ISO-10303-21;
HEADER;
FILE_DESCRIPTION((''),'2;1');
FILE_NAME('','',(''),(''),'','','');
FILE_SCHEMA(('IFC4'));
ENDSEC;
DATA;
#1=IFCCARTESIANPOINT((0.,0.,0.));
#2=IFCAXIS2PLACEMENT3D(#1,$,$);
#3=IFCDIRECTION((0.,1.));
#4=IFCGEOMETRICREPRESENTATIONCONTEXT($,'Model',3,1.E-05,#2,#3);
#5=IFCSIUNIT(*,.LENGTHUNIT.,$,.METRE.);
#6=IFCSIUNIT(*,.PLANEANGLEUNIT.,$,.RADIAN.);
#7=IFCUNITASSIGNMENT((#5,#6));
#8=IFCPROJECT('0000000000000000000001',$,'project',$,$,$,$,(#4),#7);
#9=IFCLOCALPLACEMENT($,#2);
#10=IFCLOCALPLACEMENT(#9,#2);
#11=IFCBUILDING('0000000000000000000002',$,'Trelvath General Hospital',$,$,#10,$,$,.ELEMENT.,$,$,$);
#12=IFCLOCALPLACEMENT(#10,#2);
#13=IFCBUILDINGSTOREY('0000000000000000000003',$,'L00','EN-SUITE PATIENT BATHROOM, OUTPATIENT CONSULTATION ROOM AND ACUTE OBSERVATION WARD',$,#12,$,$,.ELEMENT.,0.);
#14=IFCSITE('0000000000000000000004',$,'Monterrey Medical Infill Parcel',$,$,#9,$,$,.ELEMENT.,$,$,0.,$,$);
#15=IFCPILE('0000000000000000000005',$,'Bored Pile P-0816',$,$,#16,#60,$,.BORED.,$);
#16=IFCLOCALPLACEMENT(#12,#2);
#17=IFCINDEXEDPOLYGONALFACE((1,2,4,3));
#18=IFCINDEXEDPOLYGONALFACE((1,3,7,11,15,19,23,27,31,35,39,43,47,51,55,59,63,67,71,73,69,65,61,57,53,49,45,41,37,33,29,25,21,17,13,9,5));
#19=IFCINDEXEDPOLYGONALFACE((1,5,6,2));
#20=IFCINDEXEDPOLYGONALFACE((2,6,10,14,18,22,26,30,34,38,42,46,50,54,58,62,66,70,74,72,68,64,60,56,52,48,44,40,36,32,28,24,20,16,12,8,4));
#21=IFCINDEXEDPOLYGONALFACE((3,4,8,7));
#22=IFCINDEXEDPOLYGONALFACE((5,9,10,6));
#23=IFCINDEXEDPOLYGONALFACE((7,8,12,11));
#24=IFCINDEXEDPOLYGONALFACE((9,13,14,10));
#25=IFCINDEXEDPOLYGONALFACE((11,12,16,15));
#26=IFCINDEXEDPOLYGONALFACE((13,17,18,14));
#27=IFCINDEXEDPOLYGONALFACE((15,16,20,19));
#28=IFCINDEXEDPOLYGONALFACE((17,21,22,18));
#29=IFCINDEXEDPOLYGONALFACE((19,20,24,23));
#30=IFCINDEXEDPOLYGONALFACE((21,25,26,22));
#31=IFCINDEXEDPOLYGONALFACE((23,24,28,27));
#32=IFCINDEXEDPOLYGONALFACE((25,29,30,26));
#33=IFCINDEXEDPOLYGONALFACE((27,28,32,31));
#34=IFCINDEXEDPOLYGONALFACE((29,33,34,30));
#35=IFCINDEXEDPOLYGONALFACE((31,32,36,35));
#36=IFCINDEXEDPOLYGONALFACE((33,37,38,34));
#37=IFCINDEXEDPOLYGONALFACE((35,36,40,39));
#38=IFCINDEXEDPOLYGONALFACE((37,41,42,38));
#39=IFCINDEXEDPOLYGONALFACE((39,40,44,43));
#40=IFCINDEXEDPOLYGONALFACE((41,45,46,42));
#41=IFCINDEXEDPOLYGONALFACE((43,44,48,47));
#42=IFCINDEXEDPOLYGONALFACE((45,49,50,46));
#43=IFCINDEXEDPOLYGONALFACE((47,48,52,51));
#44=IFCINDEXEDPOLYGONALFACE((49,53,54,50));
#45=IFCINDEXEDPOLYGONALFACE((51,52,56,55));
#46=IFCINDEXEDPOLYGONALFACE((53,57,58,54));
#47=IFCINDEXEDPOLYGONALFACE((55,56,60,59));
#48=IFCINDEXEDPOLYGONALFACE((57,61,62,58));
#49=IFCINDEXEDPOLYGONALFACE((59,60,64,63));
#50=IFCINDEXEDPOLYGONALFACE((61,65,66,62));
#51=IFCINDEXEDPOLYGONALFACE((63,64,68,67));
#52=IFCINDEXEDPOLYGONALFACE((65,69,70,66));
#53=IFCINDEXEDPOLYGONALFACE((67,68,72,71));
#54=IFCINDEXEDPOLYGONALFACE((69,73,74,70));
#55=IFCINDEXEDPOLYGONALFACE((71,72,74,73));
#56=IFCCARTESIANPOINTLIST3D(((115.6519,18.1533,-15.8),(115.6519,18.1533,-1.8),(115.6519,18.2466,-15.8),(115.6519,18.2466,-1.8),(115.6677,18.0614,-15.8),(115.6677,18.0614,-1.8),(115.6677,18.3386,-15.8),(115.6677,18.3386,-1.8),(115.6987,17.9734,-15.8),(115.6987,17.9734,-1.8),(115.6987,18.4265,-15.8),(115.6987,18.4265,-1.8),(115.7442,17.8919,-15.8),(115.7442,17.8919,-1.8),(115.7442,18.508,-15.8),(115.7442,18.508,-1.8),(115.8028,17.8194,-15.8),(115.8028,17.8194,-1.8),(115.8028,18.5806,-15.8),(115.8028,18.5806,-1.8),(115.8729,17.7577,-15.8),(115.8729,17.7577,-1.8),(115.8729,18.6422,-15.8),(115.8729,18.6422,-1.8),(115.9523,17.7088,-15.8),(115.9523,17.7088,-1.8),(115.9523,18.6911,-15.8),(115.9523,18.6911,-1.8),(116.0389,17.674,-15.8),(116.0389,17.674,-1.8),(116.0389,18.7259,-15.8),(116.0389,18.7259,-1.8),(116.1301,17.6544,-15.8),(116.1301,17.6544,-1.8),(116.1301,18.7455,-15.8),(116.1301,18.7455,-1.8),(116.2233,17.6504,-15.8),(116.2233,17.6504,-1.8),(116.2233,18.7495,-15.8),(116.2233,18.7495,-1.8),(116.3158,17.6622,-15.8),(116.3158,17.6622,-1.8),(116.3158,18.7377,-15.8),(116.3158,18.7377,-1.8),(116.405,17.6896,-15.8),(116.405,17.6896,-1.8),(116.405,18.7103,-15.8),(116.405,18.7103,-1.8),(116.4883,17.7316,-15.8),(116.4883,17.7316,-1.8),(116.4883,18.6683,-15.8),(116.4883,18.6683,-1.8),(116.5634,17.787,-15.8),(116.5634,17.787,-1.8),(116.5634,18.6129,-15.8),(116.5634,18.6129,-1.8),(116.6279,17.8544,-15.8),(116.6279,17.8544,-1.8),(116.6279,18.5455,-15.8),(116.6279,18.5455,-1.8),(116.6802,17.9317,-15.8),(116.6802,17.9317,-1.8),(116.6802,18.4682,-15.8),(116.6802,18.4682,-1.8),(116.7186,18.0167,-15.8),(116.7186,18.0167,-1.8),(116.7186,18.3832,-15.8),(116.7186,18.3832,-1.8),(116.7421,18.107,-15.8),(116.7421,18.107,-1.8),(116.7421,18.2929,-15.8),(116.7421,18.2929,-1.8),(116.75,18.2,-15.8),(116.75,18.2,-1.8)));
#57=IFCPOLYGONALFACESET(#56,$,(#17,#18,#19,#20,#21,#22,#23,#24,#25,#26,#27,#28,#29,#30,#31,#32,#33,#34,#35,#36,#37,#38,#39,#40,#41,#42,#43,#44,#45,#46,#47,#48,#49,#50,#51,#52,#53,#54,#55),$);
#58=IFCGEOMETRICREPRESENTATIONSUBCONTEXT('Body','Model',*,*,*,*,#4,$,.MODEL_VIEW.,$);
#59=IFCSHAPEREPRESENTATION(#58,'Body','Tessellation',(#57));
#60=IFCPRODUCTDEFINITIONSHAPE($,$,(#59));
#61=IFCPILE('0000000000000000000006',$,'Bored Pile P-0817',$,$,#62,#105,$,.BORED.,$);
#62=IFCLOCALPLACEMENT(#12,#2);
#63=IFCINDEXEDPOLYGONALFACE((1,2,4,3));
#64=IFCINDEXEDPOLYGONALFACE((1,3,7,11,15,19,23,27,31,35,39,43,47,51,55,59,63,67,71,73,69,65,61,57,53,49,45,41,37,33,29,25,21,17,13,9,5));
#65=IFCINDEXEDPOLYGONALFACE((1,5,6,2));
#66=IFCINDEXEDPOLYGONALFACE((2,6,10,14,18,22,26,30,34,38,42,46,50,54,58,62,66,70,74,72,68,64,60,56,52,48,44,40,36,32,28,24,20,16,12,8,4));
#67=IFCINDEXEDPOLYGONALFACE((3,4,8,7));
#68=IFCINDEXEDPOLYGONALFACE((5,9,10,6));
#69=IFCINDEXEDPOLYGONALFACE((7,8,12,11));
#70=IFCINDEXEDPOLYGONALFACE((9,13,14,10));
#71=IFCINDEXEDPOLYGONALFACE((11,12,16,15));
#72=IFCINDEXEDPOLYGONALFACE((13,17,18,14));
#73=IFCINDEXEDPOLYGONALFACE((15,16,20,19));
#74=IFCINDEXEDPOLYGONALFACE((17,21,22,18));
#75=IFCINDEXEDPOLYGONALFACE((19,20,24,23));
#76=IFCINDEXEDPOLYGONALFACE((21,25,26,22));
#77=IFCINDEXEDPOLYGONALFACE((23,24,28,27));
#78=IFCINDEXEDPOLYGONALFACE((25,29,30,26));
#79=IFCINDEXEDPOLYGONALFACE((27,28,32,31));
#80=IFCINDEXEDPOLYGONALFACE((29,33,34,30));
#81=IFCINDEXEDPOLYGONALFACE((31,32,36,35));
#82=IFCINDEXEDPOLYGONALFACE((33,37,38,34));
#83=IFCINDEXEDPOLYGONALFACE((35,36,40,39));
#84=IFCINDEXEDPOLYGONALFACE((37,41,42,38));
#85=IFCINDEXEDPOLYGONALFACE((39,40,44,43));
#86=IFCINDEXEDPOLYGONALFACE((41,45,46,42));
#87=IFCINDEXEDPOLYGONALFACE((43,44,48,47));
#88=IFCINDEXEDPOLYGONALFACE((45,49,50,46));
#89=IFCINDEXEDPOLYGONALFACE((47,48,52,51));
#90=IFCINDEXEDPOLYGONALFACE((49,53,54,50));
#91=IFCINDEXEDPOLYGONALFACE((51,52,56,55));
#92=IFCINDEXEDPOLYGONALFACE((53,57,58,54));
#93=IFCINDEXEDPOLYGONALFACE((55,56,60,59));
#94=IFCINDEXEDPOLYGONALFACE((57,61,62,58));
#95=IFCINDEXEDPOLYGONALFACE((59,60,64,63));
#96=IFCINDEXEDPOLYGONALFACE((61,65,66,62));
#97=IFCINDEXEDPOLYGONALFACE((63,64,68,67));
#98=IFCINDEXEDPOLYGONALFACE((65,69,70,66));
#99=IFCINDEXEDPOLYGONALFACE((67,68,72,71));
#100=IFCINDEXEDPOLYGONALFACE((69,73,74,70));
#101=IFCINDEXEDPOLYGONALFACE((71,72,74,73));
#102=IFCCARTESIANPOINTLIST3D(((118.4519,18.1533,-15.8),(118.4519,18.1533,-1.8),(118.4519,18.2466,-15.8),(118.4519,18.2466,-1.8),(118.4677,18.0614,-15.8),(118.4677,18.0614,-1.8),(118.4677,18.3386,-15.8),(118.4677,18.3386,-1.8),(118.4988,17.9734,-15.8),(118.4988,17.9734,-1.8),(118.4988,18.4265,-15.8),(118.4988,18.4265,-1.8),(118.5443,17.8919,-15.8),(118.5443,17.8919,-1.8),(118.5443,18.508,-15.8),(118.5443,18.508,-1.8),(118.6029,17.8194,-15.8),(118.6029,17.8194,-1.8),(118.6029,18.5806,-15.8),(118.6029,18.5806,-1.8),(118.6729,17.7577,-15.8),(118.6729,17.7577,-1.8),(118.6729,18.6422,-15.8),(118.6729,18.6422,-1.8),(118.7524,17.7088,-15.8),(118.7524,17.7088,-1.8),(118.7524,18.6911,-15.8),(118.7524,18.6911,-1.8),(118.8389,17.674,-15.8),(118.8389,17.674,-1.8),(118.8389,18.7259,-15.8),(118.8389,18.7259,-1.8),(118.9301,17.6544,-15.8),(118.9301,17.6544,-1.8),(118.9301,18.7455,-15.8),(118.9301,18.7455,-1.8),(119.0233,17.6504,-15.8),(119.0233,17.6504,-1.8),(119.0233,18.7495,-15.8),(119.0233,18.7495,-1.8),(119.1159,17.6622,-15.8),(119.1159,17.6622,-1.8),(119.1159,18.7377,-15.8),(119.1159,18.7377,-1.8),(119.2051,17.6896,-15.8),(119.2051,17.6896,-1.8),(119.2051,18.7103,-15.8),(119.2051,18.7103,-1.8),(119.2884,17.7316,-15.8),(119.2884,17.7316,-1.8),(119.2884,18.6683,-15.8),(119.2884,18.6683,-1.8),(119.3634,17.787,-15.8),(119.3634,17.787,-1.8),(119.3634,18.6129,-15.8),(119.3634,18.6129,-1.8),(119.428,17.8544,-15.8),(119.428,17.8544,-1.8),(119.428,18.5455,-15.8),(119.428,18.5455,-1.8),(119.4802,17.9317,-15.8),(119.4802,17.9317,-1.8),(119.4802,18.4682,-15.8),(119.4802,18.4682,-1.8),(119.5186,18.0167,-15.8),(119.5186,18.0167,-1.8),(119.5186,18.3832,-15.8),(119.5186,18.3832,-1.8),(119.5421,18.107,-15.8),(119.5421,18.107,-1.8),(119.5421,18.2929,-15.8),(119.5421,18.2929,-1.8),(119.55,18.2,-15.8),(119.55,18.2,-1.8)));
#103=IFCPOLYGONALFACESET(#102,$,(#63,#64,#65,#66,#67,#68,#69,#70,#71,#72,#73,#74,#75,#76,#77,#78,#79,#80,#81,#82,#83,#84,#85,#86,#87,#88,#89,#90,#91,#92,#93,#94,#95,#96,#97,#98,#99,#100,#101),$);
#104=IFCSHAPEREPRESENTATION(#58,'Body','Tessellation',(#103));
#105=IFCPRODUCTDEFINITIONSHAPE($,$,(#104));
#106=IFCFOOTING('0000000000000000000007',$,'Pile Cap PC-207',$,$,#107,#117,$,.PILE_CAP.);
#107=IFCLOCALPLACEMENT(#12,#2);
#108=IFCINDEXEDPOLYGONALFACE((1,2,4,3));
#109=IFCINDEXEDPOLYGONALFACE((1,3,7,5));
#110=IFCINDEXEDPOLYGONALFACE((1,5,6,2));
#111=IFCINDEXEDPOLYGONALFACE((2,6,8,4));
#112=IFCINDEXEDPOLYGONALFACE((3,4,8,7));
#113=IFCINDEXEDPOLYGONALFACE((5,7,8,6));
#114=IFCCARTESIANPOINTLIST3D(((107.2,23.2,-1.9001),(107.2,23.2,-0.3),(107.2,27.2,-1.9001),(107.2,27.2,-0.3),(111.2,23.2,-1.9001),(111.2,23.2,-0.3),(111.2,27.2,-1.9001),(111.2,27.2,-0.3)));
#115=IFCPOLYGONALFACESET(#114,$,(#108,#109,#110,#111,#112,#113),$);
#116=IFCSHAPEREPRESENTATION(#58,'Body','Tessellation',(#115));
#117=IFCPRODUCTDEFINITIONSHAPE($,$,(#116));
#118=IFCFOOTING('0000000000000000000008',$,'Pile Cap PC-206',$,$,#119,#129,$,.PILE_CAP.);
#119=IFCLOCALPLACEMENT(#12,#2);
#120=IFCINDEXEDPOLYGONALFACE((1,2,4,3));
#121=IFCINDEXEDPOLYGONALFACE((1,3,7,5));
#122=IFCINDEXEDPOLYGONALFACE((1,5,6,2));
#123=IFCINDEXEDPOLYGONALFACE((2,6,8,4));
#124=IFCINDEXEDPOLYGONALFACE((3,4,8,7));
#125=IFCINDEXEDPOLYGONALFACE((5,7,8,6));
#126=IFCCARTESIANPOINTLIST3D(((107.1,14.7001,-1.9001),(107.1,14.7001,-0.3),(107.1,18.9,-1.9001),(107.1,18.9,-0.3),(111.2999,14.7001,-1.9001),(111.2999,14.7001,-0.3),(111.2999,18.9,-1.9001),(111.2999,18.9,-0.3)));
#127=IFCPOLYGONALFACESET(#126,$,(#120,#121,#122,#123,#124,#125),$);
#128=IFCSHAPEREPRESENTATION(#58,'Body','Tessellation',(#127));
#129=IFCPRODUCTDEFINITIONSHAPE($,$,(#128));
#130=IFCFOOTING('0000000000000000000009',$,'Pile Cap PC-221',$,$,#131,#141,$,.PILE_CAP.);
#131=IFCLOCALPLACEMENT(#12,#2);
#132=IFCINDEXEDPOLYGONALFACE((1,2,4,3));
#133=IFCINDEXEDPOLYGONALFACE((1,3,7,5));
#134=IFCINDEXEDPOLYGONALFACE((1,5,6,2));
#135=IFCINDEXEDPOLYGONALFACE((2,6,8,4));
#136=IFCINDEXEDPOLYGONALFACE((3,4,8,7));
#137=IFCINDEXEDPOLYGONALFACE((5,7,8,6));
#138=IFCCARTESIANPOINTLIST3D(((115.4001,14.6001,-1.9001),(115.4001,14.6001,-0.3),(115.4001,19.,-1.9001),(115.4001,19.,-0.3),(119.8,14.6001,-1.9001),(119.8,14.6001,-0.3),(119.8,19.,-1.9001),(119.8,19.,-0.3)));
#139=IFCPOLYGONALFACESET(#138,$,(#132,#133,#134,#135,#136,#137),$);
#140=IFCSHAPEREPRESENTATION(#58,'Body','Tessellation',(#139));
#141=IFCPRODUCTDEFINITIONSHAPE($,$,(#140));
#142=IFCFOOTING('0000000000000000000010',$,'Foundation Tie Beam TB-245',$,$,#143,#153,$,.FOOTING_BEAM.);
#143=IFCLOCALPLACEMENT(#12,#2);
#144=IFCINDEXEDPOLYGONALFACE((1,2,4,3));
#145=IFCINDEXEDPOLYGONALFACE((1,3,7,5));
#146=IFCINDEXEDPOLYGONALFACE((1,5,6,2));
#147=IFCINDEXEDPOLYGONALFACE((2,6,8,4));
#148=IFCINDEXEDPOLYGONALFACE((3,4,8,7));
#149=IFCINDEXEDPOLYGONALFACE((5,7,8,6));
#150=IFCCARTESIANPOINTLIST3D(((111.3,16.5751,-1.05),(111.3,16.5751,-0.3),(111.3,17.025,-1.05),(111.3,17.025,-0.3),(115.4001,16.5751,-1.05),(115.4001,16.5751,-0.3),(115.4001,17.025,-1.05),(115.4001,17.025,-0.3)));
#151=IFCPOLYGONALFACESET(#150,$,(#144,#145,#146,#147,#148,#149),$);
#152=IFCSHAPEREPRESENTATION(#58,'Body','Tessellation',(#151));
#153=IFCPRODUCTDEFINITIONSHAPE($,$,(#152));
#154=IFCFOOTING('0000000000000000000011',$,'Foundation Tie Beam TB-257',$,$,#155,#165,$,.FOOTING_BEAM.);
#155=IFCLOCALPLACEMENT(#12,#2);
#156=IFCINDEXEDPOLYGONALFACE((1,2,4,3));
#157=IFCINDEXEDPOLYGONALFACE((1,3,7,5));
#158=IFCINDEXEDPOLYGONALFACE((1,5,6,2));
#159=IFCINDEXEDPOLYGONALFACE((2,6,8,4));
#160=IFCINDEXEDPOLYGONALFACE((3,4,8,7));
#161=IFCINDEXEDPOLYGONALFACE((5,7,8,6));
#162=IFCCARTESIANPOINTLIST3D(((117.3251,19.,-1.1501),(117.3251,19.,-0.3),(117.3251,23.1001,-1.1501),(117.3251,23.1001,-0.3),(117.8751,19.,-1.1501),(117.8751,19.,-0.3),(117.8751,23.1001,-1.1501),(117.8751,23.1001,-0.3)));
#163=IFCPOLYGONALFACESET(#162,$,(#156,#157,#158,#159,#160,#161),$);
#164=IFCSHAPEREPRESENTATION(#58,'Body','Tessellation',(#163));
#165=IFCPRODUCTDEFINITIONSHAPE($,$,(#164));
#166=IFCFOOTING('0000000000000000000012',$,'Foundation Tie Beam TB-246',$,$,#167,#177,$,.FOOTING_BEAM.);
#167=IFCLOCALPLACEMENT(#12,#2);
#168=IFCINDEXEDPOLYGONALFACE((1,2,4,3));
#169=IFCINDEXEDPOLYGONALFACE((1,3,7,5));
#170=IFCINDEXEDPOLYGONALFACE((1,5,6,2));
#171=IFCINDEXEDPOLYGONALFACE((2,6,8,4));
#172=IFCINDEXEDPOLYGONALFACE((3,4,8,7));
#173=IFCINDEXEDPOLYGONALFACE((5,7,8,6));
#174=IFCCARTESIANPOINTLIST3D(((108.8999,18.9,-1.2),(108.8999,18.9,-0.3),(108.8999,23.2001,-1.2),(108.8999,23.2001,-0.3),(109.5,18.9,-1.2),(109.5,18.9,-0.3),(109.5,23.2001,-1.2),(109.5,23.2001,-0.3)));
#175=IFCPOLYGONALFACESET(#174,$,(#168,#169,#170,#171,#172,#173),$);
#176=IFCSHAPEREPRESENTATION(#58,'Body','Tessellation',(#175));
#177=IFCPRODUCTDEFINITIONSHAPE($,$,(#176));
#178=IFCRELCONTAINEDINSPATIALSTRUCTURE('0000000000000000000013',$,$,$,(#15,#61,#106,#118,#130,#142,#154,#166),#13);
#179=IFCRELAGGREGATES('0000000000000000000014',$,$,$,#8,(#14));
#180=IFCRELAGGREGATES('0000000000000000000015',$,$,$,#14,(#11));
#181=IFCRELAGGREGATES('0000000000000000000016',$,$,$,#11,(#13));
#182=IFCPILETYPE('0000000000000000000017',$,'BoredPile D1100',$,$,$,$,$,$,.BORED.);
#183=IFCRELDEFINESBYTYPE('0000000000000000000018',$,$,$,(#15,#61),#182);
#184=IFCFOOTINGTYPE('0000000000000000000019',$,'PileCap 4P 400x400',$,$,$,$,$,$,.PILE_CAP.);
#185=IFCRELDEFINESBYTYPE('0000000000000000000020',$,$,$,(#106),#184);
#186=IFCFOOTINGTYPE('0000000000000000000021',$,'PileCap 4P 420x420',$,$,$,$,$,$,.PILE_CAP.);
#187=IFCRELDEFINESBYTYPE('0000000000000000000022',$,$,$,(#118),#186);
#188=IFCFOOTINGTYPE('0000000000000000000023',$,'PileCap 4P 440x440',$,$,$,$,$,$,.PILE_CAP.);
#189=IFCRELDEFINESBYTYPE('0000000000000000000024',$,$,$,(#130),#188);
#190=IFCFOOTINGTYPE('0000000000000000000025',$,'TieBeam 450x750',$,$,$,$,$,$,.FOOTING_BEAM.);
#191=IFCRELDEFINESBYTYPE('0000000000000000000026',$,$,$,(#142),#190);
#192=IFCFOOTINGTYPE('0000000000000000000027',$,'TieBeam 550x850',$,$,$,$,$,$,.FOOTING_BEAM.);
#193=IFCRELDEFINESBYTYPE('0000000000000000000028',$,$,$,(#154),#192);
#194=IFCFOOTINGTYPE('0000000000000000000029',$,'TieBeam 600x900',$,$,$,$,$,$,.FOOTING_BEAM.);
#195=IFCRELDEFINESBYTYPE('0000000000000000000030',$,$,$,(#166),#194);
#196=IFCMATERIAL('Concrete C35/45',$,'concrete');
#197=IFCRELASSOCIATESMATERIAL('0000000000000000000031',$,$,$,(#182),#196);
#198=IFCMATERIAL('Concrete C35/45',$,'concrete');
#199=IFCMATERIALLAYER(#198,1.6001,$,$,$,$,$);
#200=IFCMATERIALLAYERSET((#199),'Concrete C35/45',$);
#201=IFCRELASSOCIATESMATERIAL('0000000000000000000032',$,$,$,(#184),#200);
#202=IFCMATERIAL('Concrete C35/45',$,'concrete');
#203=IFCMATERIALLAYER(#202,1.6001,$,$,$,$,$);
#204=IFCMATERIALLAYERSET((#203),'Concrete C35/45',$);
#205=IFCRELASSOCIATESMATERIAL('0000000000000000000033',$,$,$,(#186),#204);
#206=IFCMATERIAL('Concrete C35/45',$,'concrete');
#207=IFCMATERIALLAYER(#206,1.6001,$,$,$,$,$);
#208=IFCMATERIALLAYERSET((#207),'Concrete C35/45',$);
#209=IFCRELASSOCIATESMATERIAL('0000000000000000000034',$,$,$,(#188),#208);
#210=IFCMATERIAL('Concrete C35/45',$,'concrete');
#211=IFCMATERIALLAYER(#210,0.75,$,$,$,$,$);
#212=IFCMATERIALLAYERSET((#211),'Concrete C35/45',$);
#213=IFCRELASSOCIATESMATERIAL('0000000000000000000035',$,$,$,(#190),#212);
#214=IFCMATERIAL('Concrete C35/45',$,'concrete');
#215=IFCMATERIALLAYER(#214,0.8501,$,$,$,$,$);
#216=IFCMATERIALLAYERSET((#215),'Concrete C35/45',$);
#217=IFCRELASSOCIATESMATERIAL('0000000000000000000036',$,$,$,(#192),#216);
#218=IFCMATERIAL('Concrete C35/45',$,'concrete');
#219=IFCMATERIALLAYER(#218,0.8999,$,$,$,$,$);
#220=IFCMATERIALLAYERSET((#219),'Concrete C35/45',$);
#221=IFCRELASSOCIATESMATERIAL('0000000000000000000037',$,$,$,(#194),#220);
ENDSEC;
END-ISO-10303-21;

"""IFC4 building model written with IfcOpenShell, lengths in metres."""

from ifc_helpers import new_model, si_unit, direction, frame, origin, origin_2d, place, context, subcontext, project, spatial, rectangle, circle, extrude, material, layer, layer_set, material_profile, profile_set, type_object, element, save


model = new_model("IFC4")

# Units and contexts
model_context = context("Model", 3, precision=1e-05, world=origin(), true_north=direction((0.0, 1.0)))
body_context = subcontext(model_context, "Body", "Model", "MODEL_VIEW")
ifc_project = project(units=[si_unit("LENGTHUNIT", "METRE"), si_unit("PLANEANGLEUNIT", "RADIAN")], contexts=[model_context])

# Site, building, storey
site_placement = place(None, origin())
site = spatial("IfcSite", under=ifc_project, at=site_placement, Name="Monterrey Medical Infill Parcel", CompositionType="ELEMENT", RefElevation=0.0)
building_placement = place(site_placement, origin())
building = spatial("IfcBuilding", under=site, at=building_placement, Name="Trelvath General Hospital", CompositionType="ELEMENT")
storey_placement = place(building_placement, origin())
storey = spatial("IfcBuildingStorey", under=building, at=storey_placement, Name="L00", Description="EN-SUITE PATIENT BATHROOM, OUTPATIENT CONSULTATION ROOM AND ACUTE OBSERVATION WARD", CompositionType="ELEMENT", Elevation=0.0)

# Piles
ifc_material_1 = material(Name="Concrete C35/45", Category="concrete")
ifc_material_profile_1 = material_profile(ifc_material_1, circle(Radius=0.55, at=origin_2d()), Name="PILE1100")
ifc_profile_set_1 = profile_set([ifc_material_profile_1], Name="Concrete C35/45")
pile_type_1 = type_object("IfcPileType", Name="BoredPile D1100", PredefinedType="BORED", material=ifc_profile_set_1)
for number, where, z_axis, x_axis, name in (
    (1, (116.2, 18.2, -1.8), (0.0, 0.0, -1.0), (1.0, 0.0, 0.0), "Bored Pile P-0816"),
    (2, (119.0, 18.2, -1.8), (0.0, 0.0, -1.0), (1.0, 0.0, 0.0), "Bored Pile P-0817"),
):
    element("IfcPile", number, at=place(storey_placement, frame(where, z_axis=z_axis, x_axis=x_axis)), inside=storey, type_object=pile_type_1, Name=name, PredefinedType="BORED", context=body_context, shape_type="SweptSolid", body=[
        extrude(circle(Radius=0.55, at=origin_2d()), origin(), (0.0, 0.0, 1.0), 14.0),
    ])

# Footings
ifc_material_2 = material(Name="Concrete C35/45", Category="concrete")
ifc_layer_1 = layer(ifc_material_2, 1.6001)
ifc_layer_set_1 = layer_set([ifc_layer_1], Name="Concrete C35/45")
footing_type_1 = type_object("IfcFootingType", Name="PileCap 4P 400x400", PredefinedType="PILE_CAP", material=ifc_layer_set_1)
footing_1_placement = place(storey_placement, frame((109.2, 25.2, -1.9001), z_axis=(0.0, 0.0, 1.0), x_axis=(1.0, 0.0, 0.0)))
element("IfcFooting", 3, at=footing_1_placement, inside=storey, type_object=footing_type_1, Name="Pile Cap PC-207", PredefinedType="PILE_CAP", context=body_context, shape_type="SweptSolid", body=[
    extrude(rectangle(XDim=4.0, YDim=4.0, at=origin_2d()), origin(), (0.0, 0.0, 1.0), 1.6001),
])
ifc_material_3 = material(Name="Concrete C35/45", Category="concrete")
ifc_layer_2 = layer(ifc_material_3, 1.6001)
ifc_layer_set_2 = layer_set([ifc_layer_2], Name="Concrete C35/45")
footing_type_2 = type_object("IfcFootingType", Name="PileCap 4P 420x420", PredefinedType="PILE_CAP", material=ifc_layer_set_2)
footing_2_placement = place(storey_placement, frame((109.2, 16.8, -1.9001), z_axis=(0.0, 0.0, 1.0), x_axis=(1.0, 0.0, 0.0)))
element("IfcFooting", 4, at=footing_2_placement, inside=storey, type_object=footing_type_2, Name="Pile Cap PC-206", PredefinedType="PILE_CAP", context=body_context, shape_type="SweptSolid", body=[
    extrude(rectangle(XDim=4.2, YDim=4.2, at=origin_2d()), origin(), (0.0, 0.0, 1.0), 1.6001),
])
ifc_material_4 = material(Name="Concrete C35/45", Category="concrete")
ifc_layer_3 = layer(ifc_material_4, 1.6001)
ifc_layer_set_3 = layer_set([ifc_layer_3], Name="Concrete C35/45")
footing_type_3 = type_object("IfcFootingType", Name="PileCap 4P 440x440", PredefinedType="PILE_CAP", material=ifc_layer_set_3)
footing_3_placement = place(storey_placement, frame((117.6001, 16.8, -1.9001), z_axis=(0.0, 0.0, 1.0), x_axis=(1.0, 0.0, 0.0)))
element("IfcFooting", 5, at=footing_3_placement, inside=storey, type_object=footing_type_3, Name="Pile Cap PC-221", PredefinedType="PILE_CAP", context=body_context, shape_type="SweptSolid", body=[
    extrude(rectangle(XDim=4.3999, YDim=4.3999, at=origin_2d()), origin(), (0.0, 0.0, 1.0), 1.6001),
])
ifc_material_5 = material(Name="Concrete C35/45", Category="concrete")
ifc_layer_4 = layer(ifc_material_5, 0.75)
ifc_layer_set_4 = layer_set([ifc_layer_4], Name="Concrete C35/45")
footing_type_4 = type_object("IfcFootingType", Name="TieBeam 450x750", PredefinedType="FOOTING_BEAM", material=ifc_layer_set_4)
footing_4_placement = place(storey_placement, frame((113.3501, 16.8, -1.05), z_axis=(0.0, 0.0, 1.0), x_axis=(1.0, 0.0, 0.0)))
element("IfcFooting", 6, at=footing_4_placement, inside=storey, type_object=footing_type_4, Name="Foundation Tie Beam TB-245", PredefinedType="FOOTING_BEAM", context=body_context, shape_type="SweptSolid", body=[
    extrude(rectangle(XDim=4.1001, YDim=0.45, at=origin_2d()), origin(), (0.0, 0.0, 1.0), 0.75),
])
ifc_material_6 = material(Name="Concrete C35/45", Category="concrete")
ifc_layer_5 = layer(ifc_material_6, 0.8501)
ifc_layer_set_5 = layer_set([ifc_layer_5], Name="Concrete C35/45")
footing_type_5 = type_object("IfcFootingType", Name="TieBeam 550x850", PredefinedType="FOOTING_BEAM", material=ifc_layer_set_5)
footing_5_placement = place(storey_placement, frame((117.6001, 21.05, -1.1501), z_axis=(0.0, 0.0, 1.0), x_axis=(1.0, 0.0, 0.0)))
element("IfcFooting", 7, at=footing_5_placement, inside=storey, type_object=footing_type_5, Name="Foundation Tie Beam TB-257", PredefinedType="FOOTING_BEAM", context=body_context, shape_type="SweptSolid", body=[
    extrude(rectangle(XDim=0.55, YDim=4.1001, at=origin_2d()), origin(), (0.0, 0.0, 1.0), 0.8501),
])
ifc_material_7 = material(Name="Concrete C35/45", Category="concrete")
ifc_layer_6 = layer(ifc_material_7, 0.8999)
ifc_layer_set_6 = layer_set([ifc_layer_6], Name="Concrete C35/45")
footing_type_6 = type_object("IfcFootingType", Name="TieBeam 600x900", PredefinedType="FOOTING_BEAM", material=ifc_layer_set_6)
footing_6_placement = place(storey_placement, frame((109.2, 21.05, -1.2), z_axis=(0.0, 0.0, 1.0), x_axis=(1.0, 0.0, 0.0)))
element("IfcFooting", 8, at=footing_6_placement, inside=storey, type_object=footing_type_6, Name="Foundation Tie Beam TB-246", PredefinedType="FOOTING_BEAM", context=body_context, shape_type="SweptSolid", body=[
    extrude(rectangle(XDim=0.6001, YDim=4.3, at=origin_2d()), origin(), (0.0, 0.0, 1.0), 0.8999),
])

save(model, "model.ifc")
